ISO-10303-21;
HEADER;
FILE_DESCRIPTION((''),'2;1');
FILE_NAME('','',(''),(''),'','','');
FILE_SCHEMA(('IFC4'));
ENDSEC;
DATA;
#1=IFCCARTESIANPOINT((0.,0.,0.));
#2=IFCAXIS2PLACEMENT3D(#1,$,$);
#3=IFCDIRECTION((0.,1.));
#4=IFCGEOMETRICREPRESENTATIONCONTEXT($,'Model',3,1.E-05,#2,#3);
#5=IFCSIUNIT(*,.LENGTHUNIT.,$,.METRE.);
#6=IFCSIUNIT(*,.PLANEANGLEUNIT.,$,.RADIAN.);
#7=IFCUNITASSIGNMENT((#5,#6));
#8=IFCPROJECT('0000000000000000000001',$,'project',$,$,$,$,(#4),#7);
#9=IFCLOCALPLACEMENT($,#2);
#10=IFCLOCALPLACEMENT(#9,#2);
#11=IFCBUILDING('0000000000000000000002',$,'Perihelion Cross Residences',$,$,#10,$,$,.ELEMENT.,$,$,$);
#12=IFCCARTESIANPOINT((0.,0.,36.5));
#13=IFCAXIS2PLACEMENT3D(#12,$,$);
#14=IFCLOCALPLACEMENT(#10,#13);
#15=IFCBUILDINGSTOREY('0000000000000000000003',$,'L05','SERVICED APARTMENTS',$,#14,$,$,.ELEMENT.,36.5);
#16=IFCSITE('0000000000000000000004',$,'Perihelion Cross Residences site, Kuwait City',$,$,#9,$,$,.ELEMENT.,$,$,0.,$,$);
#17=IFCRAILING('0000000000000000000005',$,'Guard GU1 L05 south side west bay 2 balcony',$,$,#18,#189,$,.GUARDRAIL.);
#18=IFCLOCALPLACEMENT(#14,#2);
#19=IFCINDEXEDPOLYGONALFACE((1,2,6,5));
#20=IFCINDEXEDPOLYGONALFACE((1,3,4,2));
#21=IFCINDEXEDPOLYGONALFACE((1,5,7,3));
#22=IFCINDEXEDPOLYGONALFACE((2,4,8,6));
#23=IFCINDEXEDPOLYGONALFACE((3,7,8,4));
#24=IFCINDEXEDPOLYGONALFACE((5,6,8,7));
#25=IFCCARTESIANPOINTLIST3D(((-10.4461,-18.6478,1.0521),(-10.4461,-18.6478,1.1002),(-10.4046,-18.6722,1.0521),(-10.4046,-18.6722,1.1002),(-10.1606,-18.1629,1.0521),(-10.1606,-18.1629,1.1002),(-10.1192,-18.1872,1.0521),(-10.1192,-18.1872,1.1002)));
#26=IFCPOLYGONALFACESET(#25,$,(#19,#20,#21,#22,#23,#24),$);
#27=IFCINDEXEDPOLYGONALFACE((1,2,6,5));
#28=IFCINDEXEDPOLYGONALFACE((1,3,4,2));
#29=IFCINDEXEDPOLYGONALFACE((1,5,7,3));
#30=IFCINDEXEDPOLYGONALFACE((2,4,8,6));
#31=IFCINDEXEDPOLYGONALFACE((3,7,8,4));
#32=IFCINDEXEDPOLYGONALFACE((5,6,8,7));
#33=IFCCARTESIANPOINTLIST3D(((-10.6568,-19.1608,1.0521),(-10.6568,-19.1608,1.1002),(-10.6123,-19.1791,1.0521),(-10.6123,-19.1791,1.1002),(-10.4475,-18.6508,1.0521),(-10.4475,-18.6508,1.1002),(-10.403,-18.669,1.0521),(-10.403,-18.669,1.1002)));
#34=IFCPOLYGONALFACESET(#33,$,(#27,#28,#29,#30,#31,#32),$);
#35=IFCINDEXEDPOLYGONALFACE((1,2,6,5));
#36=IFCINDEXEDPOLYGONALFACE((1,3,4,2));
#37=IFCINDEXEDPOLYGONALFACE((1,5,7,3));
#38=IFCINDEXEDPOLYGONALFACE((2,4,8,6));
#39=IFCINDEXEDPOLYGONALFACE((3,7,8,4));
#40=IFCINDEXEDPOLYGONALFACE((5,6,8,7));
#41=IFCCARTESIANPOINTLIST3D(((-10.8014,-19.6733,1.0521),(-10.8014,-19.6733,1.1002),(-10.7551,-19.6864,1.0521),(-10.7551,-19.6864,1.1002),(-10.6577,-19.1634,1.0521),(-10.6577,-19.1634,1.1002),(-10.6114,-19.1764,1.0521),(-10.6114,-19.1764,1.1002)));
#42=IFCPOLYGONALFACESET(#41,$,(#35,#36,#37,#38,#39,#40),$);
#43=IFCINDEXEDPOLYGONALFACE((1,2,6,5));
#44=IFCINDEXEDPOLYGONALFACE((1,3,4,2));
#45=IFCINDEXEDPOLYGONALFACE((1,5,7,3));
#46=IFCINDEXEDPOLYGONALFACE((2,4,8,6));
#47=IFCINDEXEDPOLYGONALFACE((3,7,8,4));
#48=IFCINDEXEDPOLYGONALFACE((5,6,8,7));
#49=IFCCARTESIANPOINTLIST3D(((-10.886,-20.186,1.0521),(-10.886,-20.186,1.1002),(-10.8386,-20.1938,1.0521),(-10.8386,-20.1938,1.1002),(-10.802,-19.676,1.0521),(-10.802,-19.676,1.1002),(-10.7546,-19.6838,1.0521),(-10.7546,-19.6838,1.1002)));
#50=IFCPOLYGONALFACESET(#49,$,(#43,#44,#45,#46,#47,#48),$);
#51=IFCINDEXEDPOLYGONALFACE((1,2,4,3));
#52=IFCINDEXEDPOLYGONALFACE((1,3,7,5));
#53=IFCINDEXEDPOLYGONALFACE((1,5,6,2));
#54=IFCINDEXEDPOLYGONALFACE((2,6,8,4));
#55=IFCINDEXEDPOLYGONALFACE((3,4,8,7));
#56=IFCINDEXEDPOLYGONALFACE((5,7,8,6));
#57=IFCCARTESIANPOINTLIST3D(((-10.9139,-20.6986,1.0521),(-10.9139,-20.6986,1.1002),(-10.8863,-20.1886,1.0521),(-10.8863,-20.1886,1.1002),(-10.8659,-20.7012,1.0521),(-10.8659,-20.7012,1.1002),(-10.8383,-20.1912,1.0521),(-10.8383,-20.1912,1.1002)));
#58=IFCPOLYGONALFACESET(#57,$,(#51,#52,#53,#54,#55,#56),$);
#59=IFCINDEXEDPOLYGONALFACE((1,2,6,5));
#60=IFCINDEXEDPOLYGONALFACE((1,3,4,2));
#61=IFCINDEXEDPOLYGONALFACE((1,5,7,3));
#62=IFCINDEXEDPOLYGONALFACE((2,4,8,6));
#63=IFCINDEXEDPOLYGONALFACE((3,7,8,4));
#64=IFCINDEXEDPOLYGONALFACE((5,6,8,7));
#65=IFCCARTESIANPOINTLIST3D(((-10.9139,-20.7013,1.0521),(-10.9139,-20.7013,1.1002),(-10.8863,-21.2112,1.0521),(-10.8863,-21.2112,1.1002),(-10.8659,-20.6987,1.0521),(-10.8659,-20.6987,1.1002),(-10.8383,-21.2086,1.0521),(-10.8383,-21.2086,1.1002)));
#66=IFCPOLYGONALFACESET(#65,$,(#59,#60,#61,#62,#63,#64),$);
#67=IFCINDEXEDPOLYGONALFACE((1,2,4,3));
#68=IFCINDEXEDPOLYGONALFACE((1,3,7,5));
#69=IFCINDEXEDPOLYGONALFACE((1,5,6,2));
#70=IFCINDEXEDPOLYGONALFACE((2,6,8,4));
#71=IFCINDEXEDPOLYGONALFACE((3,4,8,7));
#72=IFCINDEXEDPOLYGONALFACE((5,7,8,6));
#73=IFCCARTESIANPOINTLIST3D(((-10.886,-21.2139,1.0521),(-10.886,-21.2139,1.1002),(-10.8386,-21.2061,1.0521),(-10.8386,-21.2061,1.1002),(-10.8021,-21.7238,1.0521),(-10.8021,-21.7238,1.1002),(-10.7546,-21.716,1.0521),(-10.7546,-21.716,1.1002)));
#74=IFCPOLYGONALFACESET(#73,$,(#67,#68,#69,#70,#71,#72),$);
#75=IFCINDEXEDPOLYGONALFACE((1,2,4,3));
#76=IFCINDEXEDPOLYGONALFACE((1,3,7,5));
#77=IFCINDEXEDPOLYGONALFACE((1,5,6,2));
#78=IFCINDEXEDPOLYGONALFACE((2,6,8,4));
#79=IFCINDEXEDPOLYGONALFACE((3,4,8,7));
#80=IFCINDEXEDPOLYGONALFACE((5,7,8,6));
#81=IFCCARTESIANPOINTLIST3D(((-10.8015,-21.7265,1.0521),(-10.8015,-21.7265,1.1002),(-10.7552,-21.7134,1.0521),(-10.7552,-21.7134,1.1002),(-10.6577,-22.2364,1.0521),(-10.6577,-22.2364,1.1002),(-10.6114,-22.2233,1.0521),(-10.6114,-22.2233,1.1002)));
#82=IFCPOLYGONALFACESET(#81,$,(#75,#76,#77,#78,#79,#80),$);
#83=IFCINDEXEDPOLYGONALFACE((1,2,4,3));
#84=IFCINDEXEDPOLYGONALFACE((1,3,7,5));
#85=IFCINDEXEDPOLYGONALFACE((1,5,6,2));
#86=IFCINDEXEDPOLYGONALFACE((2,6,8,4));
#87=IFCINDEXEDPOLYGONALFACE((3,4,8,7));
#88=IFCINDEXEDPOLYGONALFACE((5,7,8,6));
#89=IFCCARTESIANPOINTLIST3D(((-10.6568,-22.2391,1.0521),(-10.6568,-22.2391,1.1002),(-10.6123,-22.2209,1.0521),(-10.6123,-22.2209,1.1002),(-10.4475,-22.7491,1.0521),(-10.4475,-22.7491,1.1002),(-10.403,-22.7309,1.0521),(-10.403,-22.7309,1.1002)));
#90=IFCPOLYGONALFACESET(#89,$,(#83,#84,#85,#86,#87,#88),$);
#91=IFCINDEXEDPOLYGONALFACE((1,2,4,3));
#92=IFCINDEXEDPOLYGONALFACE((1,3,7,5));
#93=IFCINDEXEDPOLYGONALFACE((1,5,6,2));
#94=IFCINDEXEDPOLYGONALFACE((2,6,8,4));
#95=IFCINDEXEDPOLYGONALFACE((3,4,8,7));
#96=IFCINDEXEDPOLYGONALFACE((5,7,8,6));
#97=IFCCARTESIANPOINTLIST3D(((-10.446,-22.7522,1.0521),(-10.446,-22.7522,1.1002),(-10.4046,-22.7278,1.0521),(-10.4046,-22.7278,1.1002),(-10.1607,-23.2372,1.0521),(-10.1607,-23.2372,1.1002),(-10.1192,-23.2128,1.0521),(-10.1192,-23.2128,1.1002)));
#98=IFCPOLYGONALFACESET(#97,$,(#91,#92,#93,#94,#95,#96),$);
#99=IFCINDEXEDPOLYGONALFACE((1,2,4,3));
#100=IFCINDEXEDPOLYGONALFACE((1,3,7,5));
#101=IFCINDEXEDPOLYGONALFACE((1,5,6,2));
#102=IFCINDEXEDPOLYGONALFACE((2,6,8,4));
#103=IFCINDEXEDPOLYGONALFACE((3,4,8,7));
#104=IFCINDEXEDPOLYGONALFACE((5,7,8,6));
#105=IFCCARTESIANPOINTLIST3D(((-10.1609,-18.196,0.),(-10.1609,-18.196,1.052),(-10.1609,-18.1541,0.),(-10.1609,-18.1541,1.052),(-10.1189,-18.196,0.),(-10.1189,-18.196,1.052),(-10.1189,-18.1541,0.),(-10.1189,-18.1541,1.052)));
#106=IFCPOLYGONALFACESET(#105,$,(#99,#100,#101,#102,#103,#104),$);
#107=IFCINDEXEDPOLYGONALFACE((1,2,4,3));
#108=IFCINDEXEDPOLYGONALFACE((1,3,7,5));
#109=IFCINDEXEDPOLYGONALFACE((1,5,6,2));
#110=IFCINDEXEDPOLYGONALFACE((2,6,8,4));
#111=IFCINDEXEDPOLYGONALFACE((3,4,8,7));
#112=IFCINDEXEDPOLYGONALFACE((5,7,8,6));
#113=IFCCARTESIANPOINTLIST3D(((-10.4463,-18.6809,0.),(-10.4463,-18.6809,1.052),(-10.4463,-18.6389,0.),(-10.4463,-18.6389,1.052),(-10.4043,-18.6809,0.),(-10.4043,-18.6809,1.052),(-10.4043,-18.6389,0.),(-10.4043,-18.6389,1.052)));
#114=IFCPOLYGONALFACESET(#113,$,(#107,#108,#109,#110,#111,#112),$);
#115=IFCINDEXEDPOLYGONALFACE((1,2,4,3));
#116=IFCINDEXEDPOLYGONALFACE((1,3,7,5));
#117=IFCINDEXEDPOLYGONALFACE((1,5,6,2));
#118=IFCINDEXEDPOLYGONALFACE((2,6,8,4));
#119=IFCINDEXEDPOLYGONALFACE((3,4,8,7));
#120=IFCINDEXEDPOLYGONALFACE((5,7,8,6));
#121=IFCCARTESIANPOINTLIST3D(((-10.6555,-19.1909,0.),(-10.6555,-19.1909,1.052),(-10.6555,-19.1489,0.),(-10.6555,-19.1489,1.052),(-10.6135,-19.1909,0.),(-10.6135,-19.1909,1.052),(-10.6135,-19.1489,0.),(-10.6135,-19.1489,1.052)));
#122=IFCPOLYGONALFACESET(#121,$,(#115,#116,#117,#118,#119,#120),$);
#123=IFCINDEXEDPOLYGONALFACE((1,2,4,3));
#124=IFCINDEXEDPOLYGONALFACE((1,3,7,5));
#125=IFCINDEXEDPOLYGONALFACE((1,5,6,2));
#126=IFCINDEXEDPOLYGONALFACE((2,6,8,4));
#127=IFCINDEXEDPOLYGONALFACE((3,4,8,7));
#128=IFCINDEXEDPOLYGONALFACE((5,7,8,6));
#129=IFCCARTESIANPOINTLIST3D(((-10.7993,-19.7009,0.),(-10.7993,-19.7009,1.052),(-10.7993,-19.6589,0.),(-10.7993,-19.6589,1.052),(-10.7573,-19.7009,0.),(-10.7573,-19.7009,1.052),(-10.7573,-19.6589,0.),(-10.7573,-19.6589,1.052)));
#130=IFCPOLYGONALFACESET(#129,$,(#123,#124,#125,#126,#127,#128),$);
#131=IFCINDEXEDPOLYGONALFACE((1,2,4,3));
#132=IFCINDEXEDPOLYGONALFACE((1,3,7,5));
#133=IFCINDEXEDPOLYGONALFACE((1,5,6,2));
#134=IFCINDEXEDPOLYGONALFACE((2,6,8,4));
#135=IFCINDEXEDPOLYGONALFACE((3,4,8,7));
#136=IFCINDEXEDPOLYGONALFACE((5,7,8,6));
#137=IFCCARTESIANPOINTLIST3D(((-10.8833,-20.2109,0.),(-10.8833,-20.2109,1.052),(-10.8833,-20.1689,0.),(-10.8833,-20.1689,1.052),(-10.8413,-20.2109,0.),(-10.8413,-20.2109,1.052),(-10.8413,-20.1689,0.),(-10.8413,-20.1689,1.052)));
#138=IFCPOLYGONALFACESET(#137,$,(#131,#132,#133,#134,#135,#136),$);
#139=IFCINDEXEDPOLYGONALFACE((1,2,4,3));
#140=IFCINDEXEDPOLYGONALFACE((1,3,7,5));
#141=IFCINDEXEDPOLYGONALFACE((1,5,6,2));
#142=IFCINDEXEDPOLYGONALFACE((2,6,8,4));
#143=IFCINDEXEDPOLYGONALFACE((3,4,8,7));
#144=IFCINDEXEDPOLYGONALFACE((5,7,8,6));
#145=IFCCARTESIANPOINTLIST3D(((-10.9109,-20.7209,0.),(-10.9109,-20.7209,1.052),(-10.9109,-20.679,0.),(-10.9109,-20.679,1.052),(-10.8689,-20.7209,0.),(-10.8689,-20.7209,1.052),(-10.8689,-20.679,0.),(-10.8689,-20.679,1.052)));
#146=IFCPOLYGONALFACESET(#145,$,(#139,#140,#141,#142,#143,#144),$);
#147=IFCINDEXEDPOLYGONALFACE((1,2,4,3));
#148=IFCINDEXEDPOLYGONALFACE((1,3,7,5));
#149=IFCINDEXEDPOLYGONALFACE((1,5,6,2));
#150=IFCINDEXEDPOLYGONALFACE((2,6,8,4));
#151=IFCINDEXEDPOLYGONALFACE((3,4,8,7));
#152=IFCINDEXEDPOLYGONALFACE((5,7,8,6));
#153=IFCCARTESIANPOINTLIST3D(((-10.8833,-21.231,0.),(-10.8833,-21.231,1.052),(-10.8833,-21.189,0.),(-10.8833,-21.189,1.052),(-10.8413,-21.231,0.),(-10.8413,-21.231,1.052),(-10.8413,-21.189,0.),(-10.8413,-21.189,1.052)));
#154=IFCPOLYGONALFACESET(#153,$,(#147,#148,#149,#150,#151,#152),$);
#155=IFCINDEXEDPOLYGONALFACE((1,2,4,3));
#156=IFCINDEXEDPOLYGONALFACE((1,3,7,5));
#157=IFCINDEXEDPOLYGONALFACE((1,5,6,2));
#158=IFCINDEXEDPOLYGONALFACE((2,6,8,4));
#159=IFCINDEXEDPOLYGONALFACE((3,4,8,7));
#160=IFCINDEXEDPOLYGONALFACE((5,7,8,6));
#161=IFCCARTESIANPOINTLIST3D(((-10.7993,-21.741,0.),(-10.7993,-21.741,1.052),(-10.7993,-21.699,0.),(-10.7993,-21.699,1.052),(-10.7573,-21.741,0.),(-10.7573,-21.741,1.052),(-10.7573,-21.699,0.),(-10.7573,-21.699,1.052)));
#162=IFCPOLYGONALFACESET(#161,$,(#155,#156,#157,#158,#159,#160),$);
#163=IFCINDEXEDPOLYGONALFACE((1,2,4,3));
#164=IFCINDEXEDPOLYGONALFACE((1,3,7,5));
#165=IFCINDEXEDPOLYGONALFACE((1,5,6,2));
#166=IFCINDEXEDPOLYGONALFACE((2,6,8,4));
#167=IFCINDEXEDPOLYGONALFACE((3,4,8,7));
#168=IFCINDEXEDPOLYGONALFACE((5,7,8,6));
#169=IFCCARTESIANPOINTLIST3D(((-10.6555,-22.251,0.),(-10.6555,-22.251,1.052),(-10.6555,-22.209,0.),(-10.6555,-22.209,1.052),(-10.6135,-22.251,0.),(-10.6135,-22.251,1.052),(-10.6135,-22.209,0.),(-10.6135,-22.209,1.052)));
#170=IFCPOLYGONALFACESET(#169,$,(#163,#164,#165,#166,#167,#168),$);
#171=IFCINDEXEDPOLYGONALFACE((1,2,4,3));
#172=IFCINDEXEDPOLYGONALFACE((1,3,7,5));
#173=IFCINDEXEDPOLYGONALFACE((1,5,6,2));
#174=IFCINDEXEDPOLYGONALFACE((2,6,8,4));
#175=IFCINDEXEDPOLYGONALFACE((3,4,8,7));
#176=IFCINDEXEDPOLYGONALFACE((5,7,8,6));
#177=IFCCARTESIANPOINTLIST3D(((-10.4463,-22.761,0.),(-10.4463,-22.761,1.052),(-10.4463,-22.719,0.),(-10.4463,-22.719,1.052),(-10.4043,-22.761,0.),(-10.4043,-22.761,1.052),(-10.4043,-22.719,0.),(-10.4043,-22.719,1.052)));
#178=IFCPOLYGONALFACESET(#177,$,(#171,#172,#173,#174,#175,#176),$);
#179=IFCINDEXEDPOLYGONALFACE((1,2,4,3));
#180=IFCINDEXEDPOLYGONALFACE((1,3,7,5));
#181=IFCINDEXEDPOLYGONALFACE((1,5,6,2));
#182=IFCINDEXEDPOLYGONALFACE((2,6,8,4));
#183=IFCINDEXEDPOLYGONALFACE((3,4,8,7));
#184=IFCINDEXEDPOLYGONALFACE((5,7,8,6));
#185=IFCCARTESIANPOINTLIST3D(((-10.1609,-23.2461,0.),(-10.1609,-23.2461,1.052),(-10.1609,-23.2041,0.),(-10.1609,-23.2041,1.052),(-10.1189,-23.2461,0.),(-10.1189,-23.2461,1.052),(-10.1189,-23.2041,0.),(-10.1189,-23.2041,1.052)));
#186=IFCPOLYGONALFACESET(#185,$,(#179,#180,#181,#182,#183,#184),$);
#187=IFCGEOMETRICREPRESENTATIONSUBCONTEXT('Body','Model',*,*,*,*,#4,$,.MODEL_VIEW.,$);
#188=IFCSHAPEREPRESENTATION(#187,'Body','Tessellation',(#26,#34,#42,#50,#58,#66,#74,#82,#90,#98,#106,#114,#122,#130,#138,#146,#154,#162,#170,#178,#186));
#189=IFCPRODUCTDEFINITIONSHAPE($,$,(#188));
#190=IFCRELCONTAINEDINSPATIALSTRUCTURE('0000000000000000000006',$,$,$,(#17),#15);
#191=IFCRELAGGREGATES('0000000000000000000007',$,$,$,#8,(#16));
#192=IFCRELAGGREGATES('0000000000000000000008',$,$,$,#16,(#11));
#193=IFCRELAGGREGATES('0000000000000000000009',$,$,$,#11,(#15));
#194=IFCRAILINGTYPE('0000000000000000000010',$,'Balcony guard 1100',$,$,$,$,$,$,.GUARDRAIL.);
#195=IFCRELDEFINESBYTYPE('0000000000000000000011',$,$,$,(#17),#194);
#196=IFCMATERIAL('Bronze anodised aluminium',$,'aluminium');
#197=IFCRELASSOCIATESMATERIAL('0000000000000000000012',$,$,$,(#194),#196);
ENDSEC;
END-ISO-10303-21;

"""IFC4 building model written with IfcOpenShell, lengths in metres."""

from ifc_helpers import new_model, si_unit, direction, frame, origin, origin_2d, place, context, subcontext, project, spatial, rectangle, extrude, material, type_object, element, save


model = new_model("IFC4")

# Units and contexts
model_context = context("Model", 3, precision=1e-05, world=origin(), true_north=direction((0.0, 1.0)))
body_context = subcontext(model_context, "Body", "Model", "MODEL_VIEW")
ifc_project = project(units=[si_unit("LENGTHUNIT", "METRE"), si_unit("PLANEANGLEUNIT", "RADIAN")], contexts=[model_context])

# Site, building, storey
site_placement = place(None, origin())
site = spatial("IfcSite", under=ifc_project, at=site_placement, Name="Perihelion Cross Residences site, Kuwait City", CompositionType="ELEMENT", RefElevation=0.0)
building_placement = place(site_placement, origin())
building = spatial("IfcBuilding", under=site, at=building_placement, Name="Perihelion Cross Residences", CompositionType="ELEMENT")
storey_placement = place(building_placement, frame((0.0, 0.0, 36.5)))
storey = spatial("IfcBuildingStorey", under=building, at=storey_placement, Name="L05", Description="SERVICED APARTMENTS", CompositionType="ELEMENT", Elevation=36.5)

# Railing
ifc_material_1 = material(Name="Bronze anodised aluminium", Category="aluminium")
railing_type = type_object("IfcRailingType", Name="Balcony guard 1100", PredefinedType="GUARDRAIL", material=ifc_material_1)
railing_1_placement = place(storey_placement, frame((-10.1399, -18.175, 0.0)))
element("IfcRailing", 1, at=railing_1_placement, inside=storey, type_object=railing_type, Name="Guard GU1 L05 south side west bay 2 balcony", PredefinedType="GUARDRAIL", context=body_context, shape_type="SweptSolid", body=[
    extrude(rectangle(XDim=0.0481, YDim=0.0481, at=origin_2d()), frame((0.0, 0.0, 1.0762), z_axis=(-0.507267, -0.861789, 0.0), x_axis=(0.861789, -0.507267, 0.0)), (0.0, 0.0, 1.0), 0.5627),
    extrude(rectangle(XDim=0.0481, YDim=0.0481, at=origin_2d()), frame((-0.2854, -0.4849, 1.0762), z_axis=(-0.379547, -0.925173, 0.0), x_axis=(0.925173, -0.379547, 0.0)), (0.0, 0.0, 1.0), 0.5513),
    extrude(rectangle(XDim=0.0481, YDim=0.0481, at=origin_2d()), frame((-0.4946, -0.9949, 1.0762), z_axis=(-0.271373, -0.962474, 0.0), x_axis=(0.962474, -0.271373, 0.0)), (0.0, 0.0, 1.0), 0.5298),
    extrude(rectangle(XDim=0.0481, YDim=0.0481, at=origin_2d()), frame((-0.6384, -1.5049, 1.0762), z_axis=(-0.162484, -0.986711, 0.0), x_axis=(0.986711, -0.162484, 0.0)), (0.0, 0.0, 1.0), 0.5168),
    extrude(rectangle(XDim=0.0481, YDim=0.0481, at=origin_2d()), frame((-0.7224, -2.0149, 1.0762), z_axis=(-0.054014, -0.99854, 0.0), x_axis=(0.99854, -0.054014, 0.0)), (0.0, 0.0, 1.0), 0.5107),
    extrude(rectangle(XDim=0.0481, YDim=0.0481, at=origin_2d()), frame((-0.75, -2.5249, 1.0762), z_axis=(0.054014, -0.99854, 0.0), x_axis=(0.99854, 0.054014, 0.0)), (0.0, 0.0, 1.0), 0.5107),
    extrude(rectangle(XDim=0.0481, YDim=0.0481, at=origin_2d()), frame((-0.7224, -3.0349, 1.0762), z_axis=(0.162484, -0.986711, 0.0), x_axis=(0.986711, 0.162484, 0.0)), (0.0, 0.0, 1.0), 0.5168),
    extrude(rectangle(XDim=0.0481, YDim=0.0481, at=origin_2d()), frame((-0.6384, -3.5449, 1.0762), z_axis=(0.271373, -0.962474, 0.0), x_axis=(0.962474, 0.271373, 0.0)), (0.0, 0.0, 1.0), 0.5298),
    extrude(rectangle(XDim=0.0481, YDim=0.0481, at=origin_2d()), frame((-0.4946, -4.0549, 1.0762), z_axis=(0.379547, -0.925173, 0.0), x_axis=(0.925173, 0.379547, 0.0)), (0.0, 0.0, 1.0), 0.5513),
    extrude(rectangle(XDim=0.0481, YDim=0.0481, at=origin_2d()), frame((-0.2854, -4.5649, 1.0762), z_axis=(0.507077, -0.861901, 0.0), x_axis=(0.861901, 0.507077, 0.0)), (0.0, 0.0, 1.0), 0.5627),
    extrude(rectangle(XDim=0.042, YDim=0.042, at=origin_2d()), origin(), (0.0, 0.0, 1.0), 1.052),
    extrude(rectangle(XDim=0.042, YDim=0.042, at=origin_2d()), frame((-0.2854, -0.4849, 0.0)), (0.0, 0.0, 1.0), 1.052),
    extrude(rectangle(XDim=0.042, YDim=0.042, at=origin_2d()), frame((-0.4946, -0.9949, 0.0)), (0.0, 0.0, 1.0), 1.052),
    extrude(rectangle(XDim=0.042, YDim=0.042, at=origin_2d()), frame((-0.6384, -1.5049, 0.0)), (0.0, 0.0, 1.0), 1.052),
    extrude(rectangle(XDim=0.042, YDim=0.042, at=origin_2d()), frame((-0.7224, -2.0149, 0.0)), (0.0, 0.0, 1.0), 1.052),
    extrude(rectangle(XDim=0.042, YDim=0.042, at=origin_2d()), frame((-0.75, -2.5249, 0.0)), (0.0, 0.0, 1.0), 1.052),
    extrude(rectangle(XDim=0.042, YDim=0.042, at=origin_2d()), frame((-0.7224, -3.0349, 0.0)), (0.0, 0.0, 1.0), 1.052),
    extrude(rectangle(XDim=0.042, YDim=0.042, at=origin_2d()), frame((-0.6384, -3.5449, 0.0)), (0.0, 0.0, 1.0), 1.052),
    extrude(rectangle(XDim=0.042, YDim=0.042, at=origin_2d()), frame((-0.4946, -4.0549, 0.0)), (0.0, 0.0, 1.0), 1.052),
    extrude(rectangle(XDim=0.042, YDim=0.042, at=origin_2d()), frame((-0.2854, -4.5649, 0.0)), (0.0, 0.0, 1.0), 1.052),
    extrude(rectangle(XDim=0.042, YDim=0.042, at=origin_2d()), frame((0.0, -5.05, 0.0)), (0.0, 0.0, 1.0), 1.052),
])

save(model, "model.ifc")
